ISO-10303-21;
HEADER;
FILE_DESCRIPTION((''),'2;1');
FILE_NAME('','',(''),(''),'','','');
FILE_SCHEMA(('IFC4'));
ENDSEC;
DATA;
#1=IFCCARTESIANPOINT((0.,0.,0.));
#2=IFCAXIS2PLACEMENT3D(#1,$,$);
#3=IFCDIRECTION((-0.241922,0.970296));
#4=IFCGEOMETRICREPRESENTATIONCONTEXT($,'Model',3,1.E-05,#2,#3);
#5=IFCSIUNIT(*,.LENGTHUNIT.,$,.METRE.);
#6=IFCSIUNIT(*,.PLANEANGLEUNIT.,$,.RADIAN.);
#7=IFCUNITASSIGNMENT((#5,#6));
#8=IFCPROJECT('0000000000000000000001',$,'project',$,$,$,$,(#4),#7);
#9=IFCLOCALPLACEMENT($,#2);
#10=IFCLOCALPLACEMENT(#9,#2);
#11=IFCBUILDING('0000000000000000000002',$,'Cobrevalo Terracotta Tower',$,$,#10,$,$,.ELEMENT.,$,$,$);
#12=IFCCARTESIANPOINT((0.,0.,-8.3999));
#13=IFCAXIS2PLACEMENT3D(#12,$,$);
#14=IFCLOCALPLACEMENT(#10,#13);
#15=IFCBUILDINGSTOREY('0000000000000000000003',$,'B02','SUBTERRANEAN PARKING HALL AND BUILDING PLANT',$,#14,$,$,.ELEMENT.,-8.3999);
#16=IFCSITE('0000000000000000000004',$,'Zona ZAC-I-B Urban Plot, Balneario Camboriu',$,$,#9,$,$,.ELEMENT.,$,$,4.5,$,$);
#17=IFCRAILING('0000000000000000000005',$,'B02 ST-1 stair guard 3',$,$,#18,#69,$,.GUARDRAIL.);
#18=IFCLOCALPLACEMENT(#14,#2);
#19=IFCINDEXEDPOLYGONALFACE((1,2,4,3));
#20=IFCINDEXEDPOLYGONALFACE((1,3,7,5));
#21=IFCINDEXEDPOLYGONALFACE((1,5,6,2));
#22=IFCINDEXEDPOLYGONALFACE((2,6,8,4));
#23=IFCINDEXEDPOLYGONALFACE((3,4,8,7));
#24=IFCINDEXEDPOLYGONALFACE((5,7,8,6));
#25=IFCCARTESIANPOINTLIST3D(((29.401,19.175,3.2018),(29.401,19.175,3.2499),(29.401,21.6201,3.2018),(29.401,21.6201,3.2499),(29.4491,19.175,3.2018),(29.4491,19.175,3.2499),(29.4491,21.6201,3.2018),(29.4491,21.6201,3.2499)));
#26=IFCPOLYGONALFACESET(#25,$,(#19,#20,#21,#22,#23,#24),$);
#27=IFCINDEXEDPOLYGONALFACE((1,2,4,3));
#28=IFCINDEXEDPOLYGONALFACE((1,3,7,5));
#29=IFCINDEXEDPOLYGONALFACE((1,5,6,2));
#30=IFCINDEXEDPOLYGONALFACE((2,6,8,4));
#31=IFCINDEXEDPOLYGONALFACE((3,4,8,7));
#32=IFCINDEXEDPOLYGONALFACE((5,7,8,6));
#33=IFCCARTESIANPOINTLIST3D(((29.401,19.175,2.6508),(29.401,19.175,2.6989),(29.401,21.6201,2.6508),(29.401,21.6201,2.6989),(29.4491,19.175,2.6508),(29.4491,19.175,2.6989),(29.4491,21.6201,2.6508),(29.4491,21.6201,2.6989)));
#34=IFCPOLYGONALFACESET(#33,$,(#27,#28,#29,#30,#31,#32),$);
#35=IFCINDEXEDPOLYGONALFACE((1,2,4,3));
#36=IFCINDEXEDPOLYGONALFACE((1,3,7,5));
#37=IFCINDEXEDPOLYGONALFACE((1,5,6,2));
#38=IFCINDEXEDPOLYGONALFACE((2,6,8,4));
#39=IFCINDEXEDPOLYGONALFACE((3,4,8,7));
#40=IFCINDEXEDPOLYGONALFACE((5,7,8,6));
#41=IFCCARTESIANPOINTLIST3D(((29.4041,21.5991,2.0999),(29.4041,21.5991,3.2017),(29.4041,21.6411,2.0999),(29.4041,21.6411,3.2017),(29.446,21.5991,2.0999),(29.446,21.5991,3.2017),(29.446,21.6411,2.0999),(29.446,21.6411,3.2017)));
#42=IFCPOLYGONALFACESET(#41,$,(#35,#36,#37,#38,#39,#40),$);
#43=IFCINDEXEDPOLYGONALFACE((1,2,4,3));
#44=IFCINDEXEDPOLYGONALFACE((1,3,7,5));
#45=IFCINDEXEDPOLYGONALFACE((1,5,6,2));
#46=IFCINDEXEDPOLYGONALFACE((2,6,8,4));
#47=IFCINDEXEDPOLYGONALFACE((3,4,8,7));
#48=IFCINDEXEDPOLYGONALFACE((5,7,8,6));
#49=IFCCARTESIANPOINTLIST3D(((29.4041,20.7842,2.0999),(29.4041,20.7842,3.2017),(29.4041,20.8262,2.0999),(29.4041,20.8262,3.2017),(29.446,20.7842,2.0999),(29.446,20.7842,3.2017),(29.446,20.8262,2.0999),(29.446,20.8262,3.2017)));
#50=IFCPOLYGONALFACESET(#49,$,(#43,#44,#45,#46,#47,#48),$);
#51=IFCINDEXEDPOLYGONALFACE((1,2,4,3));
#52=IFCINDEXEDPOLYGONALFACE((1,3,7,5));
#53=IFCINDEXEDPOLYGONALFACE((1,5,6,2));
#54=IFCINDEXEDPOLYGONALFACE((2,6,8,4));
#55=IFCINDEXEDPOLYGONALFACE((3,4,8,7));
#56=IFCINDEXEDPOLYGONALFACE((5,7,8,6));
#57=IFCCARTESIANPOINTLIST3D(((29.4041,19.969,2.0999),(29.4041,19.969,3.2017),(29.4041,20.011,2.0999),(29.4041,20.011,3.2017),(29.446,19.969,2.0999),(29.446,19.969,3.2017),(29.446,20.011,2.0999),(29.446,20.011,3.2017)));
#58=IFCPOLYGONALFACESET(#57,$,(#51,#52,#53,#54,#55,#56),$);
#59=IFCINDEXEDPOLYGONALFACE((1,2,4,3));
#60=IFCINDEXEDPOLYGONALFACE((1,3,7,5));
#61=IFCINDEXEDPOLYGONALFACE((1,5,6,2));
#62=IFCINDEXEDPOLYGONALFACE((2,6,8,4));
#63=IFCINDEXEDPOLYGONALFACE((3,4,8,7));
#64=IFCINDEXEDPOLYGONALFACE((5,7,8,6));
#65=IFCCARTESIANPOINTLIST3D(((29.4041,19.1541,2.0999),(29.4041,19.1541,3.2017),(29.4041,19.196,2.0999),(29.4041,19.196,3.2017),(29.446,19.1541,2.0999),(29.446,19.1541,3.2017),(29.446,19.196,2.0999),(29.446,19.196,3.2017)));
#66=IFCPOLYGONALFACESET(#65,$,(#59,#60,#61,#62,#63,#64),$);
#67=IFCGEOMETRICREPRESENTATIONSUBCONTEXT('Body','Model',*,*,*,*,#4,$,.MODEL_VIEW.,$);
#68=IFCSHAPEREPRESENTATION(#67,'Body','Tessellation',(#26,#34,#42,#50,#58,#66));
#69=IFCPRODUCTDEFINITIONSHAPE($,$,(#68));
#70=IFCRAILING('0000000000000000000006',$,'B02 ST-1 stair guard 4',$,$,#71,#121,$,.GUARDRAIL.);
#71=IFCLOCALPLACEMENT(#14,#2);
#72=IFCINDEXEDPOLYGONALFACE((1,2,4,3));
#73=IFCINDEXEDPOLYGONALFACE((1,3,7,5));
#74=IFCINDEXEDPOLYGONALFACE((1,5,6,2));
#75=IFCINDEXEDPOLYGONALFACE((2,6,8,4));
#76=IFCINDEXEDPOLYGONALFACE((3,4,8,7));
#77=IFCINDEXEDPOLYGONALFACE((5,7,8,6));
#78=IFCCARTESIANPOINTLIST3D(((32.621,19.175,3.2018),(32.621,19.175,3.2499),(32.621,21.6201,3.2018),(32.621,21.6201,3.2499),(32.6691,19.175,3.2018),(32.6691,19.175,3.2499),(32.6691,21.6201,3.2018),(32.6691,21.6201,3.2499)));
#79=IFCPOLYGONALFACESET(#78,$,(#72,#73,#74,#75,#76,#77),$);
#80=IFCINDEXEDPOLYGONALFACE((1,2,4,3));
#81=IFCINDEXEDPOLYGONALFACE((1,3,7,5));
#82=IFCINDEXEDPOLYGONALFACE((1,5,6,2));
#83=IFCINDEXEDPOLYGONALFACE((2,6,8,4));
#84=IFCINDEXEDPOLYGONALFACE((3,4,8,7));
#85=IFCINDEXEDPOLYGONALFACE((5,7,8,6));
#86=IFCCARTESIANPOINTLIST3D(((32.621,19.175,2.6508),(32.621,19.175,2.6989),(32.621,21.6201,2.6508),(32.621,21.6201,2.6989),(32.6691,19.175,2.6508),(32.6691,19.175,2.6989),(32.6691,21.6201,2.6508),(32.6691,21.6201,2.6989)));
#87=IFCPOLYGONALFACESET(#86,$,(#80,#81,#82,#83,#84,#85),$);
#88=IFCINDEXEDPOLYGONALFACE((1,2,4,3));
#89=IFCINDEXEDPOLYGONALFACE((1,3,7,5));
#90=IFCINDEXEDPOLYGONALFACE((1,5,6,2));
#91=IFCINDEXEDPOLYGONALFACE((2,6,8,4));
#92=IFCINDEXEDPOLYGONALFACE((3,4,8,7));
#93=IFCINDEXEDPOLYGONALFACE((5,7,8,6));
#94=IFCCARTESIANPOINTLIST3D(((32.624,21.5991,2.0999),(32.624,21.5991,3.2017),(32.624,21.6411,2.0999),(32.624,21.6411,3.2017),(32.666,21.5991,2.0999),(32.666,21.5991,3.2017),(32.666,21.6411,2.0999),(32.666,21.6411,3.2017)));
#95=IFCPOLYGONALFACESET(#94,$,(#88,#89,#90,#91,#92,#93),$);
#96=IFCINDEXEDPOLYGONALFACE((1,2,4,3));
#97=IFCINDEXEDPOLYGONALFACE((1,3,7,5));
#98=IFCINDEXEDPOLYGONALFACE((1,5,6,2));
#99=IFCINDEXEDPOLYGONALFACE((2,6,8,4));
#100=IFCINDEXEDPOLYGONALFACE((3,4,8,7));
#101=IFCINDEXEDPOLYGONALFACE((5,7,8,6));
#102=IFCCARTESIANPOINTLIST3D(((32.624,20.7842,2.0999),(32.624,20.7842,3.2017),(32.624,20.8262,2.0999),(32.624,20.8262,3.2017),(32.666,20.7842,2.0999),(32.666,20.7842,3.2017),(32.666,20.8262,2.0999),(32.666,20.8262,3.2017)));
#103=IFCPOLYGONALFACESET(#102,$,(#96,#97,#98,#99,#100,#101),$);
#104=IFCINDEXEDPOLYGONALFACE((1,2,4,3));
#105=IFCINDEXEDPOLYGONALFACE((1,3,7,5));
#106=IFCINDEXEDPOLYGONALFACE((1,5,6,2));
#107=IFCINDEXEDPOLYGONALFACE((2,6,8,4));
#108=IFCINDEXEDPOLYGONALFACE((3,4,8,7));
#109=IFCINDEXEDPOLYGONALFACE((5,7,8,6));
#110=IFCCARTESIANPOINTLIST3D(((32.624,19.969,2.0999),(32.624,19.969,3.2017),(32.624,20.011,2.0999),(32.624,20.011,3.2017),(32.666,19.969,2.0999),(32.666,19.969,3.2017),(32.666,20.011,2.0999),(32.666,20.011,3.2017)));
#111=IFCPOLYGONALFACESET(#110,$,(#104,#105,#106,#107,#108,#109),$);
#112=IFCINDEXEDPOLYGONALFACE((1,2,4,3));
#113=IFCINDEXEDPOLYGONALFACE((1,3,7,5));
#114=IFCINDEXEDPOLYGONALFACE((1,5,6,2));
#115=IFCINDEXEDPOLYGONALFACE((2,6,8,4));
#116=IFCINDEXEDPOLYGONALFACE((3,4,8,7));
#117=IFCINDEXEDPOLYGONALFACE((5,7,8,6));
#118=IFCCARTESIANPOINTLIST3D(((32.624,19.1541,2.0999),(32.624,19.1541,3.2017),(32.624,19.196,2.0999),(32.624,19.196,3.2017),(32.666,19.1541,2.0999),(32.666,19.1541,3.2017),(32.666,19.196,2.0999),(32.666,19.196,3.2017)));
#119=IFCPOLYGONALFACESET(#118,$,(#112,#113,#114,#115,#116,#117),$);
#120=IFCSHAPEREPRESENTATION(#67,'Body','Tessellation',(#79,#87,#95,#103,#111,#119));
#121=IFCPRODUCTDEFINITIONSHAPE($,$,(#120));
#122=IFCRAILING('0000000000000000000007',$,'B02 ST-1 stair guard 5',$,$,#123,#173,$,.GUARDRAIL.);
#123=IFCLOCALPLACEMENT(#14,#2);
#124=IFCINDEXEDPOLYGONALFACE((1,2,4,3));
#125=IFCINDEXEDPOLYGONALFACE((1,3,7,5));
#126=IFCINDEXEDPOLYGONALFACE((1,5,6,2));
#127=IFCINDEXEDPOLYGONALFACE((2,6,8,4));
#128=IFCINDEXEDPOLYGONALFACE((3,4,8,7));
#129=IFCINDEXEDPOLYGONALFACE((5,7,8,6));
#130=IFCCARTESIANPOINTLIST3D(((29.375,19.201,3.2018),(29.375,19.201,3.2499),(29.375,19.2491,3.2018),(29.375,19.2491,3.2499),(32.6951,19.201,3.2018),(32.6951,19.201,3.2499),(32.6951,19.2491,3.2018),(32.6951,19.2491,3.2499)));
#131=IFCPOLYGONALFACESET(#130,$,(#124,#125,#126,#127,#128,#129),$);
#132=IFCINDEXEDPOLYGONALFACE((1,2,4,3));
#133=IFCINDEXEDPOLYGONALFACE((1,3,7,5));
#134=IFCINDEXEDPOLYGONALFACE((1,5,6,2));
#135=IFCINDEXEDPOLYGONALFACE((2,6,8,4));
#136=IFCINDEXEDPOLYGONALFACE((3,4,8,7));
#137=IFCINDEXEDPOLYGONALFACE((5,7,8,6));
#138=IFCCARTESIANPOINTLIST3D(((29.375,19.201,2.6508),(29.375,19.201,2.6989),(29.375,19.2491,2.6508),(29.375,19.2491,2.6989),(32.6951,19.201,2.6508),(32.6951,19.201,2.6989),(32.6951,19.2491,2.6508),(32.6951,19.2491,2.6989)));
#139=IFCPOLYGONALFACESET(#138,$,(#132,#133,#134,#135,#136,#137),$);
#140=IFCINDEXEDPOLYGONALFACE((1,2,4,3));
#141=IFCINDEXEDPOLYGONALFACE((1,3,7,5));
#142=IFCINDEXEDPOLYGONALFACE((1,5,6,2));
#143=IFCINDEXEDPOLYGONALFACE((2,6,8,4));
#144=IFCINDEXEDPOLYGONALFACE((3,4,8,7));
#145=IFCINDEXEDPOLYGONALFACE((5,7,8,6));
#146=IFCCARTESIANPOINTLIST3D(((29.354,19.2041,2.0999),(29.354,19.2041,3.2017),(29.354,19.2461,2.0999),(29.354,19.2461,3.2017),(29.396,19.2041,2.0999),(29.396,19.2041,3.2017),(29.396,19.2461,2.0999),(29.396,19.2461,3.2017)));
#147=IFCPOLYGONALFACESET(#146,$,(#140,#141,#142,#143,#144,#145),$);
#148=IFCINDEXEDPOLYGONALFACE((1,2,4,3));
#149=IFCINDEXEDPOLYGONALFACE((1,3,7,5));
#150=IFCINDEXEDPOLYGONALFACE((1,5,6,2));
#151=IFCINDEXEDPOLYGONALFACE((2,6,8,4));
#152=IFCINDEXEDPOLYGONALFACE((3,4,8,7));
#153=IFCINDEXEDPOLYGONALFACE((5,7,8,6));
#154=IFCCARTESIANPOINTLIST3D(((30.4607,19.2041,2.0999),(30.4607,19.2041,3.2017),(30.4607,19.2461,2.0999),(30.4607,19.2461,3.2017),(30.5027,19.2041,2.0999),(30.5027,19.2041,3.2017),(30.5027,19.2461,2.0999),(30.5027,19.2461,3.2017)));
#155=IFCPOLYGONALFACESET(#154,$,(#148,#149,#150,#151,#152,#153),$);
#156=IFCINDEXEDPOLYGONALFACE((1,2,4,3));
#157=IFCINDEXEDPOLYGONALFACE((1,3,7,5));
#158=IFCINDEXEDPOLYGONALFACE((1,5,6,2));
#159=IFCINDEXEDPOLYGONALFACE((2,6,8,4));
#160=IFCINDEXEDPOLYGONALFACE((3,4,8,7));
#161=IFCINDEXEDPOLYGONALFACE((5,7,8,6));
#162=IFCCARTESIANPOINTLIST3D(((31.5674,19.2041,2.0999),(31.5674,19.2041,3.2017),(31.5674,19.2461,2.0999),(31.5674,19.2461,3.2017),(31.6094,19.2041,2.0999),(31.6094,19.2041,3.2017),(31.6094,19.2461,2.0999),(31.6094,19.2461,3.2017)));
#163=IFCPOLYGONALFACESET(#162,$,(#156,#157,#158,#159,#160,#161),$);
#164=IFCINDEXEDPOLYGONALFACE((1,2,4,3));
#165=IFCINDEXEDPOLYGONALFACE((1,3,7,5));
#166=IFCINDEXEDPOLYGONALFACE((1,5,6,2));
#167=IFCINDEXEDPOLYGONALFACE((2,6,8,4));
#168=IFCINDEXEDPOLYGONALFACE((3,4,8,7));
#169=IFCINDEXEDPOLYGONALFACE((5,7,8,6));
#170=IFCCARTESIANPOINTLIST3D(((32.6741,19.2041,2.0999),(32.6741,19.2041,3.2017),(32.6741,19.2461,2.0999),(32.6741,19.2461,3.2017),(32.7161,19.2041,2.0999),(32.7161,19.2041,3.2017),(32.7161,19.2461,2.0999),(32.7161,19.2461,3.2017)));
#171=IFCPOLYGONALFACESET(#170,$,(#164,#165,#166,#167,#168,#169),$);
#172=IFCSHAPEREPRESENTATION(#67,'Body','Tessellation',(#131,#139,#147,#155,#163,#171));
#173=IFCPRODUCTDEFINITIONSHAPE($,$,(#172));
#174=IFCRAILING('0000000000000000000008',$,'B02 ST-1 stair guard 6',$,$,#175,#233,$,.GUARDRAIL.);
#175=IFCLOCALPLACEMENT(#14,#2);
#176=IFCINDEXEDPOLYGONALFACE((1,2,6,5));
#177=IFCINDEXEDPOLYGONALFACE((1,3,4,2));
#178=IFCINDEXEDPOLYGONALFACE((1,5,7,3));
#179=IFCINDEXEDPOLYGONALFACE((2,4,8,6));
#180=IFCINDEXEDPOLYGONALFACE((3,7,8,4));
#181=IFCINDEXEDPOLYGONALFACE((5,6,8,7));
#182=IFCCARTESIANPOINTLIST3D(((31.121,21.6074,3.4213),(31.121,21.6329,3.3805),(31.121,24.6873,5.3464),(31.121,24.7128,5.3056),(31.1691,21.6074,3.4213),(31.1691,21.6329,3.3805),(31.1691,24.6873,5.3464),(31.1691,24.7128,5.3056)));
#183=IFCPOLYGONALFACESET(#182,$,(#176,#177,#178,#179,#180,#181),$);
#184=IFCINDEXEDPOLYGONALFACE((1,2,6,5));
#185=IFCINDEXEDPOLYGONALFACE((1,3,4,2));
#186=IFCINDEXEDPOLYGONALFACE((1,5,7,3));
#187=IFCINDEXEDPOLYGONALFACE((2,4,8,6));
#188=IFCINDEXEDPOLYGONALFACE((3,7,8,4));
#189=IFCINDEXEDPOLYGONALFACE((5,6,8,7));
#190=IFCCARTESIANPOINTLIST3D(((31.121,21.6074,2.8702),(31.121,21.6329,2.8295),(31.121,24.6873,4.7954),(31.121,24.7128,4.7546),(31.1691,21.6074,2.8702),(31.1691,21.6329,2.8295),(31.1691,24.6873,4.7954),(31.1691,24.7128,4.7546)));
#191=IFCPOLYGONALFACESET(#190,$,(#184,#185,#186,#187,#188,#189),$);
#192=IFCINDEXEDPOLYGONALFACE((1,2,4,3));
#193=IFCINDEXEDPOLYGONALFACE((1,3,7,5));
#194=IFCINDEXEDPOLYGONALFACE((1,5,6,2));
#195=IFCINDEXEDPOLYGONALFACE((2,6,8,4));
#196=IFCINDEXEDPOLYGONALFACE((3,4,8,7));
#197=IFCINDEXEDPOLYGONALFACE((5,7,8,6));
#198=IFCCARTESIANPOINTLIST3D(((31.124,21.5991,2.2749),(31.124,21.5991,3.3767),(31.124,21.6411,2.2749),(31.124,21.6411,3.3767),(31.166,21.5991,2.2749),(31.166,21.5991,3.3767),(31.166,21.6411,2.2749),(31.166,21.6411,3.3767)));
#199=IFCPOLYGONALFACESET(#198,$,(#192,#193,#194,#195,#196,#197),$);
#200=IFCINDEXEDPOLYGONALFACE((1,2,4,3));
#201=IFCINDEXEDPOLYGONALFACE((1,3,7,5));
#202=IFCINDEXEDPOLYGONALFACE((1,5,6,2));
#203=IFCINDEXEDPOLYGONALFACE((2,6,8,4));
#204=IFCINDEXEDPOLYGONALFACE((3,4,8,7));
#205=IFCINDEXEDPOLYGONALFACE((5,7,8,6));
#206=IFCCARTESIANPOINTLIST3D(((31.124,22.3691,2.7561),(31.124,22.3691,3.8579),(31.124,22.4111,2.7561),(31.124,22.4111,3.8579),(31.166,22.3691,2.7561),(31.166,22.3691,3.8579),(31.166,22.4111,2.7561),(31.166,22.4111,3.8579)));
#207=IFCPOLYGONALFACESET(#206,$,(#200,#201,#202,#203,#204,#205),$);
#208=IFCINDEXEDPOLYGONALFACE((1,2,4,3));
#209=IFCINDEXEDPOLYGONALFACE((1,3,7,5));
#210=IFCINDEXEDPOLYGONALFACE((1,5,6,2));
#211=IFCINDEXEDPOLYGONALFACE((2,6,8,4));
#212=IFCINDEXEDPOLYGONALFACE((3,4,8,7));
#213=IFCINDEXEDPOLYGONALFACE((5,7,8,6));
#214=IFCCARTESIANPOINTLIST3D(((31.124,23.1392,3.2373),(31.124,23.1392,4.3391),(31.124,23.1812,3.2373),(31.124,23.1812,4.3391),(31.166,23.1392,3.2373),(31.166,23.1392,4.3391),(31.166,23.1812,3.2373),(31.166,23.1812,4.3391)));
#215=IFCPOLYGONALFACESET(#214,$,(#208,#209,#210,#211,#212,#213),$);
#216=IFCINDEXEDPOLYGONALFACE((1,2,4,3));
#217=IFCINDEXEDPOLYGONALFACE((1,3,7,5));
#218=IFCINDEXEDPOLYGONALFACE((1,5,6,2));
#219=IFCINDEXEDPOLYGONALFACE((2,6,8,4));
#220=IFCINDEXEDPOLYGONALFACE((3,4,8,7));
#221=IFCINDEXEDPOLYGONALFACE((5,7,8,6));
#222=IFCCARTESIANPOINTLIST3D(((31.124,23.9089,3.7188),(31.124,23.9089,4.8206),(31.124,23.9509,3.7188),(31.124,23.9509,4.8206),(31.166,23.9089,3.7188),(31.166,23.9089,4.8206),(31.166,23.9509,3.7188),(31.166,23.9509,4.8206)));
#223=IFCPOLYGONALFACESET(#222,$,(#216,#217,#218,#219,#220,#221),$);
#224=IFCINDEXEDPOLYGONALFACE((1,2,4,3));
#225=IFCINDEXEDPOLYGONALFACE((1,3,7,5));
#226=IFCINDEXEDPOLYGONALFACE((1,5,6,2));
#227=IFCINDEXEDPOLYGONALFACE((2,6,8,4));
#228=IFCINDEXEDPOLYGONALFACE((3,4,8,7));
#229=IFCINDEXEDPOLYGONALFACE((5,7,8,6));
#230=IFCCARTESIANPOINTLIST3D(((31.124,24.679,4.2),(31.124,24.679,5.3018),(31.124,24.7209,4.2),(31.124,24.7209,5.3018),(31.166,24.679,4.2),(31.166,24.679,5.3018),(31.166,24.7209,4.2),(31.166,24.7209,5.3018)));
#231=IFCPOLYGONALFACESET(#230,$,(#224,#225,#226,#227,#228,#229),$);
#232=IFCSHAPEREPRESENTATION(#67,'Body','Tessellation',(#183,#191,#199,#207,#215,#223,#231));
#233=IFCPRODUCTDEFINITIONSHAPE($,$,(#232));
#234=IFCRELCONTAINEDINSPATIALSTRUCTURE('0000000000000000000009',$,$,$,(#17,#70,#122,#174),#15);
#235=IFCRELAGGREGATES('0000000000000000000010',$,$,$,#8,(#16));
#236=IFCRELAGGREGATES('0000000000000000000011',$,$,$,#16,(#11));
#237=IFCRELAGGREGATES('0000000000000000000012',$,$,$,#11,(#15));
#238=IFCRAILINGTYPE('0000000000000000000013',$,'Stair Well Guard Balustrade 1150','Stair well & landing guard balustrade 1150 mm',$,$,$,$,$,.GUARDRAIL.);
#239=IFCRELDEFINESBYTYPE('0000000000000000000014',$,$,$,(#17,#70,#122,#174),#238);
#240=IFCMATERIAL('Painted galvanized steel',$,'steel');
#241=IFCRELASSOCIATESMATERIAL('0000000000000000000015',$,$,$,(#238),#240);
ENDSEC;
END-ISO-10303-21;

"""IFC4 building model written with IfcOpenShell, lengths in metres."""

from ifc_helpers import new_model, si_unit, direction, frame, origin, origin_2d, place, context, subcontext, project, spatial, rectangle, extrude, material, type_object, element, save


model = new_model("IFC4")

# Units and contexts
model_context = context("Model", 3, precision=1e-05, world=origin(), true_north=direction((-0.241922, 0.970296)))
body_context = subcontext(model_context, "Body", "Model", "MODEL_VIEW")
ifc_project = project(units=[si_unit("LENGTHUNIT", "METRE"), si_unit("PLANEANGLEUNIT", "RADIAN")], contexts=[model_context])

# Site, building, storey
site_placement = place(None, origin())
site = spatial("IfcSite", under=ifc_project, at=site_placement, Name="Zona ZAC-I-B Urban Plot, Balneario Camboriu", CompositionType="ELEMENT", RefElevation=4.5)
building_placement = place(site_placement, origin())
building = spatial("IfcBuilding", under=site, at=building_placement, Name="Cobrevalo Terracotta Tower", CompositionType="ELEMENT")
storey_placement = place(building_placement, frame((0.0, 0.0, -8.3999)))
storey = spatial("IfcBuildingStorey", under=building, at=storey_placement, Name="B02", Description="SUBTERRANEAN PARKING HALL AND BUILDING PLANT", CompositionType="ELEMENT", Elevation=-8.3999)

# Railings
ifc_material_1 = material(Name="Painted galvanized steel", Category="steel")
railing_type = type_object("IfcRailingType", Name="Stair Well Guard Balustrade 1150", Description="Stair well & landing guard balustrade 1150 mm", PredefinedType="GUARDRAIL", material=ifc_material_1)
for number, where, name in (
    (1, (29.425, 21.6201, 2.0999), "B02 ST-1 stair guard 3"),
    (2, (32.645, 21.6201, 2.0999), "B02 ST-1 stair guard 4"),
):
    element("IfcRailing", number, at=place(storey_placement, frame(where)), inside=storey, type_object=railing_type, Name=name, PredefinedType="GUARDRAIL", context=body_context, shape_type="SweptSolid", body=[
        extrude(rectangle(XDim=0.0481, YDim=0.0481, at=origin_2d()), frame((0.0, 0.0, 1.126), z_axis=(0.0, -1.0, 0.0), x_axis=(1.0, 0.0, 0.0)), (0.0, 0.0, 1.0), 2.4451),
        extrude(rectangle(XDim=0.0481, YDim=0.0481, at=origin_2d()), frame((0.0, 0.0, 0.575), z_axis=(0.0, -1.0, 0.0), x_axis=(1.0, 0.0, 0.0)), (0.0, 0.0, 1.0), 2.4451),
        extrude(rectangle(XDim=0.042, YDim=0.042, at=origin_2d()), origin(), (0.0, 0.0, 1.0), 1.1018),
        extrude(rectangle(XDim=0.042, YDim=0.042, at=origin_2d()), frame((0.0, -0.8149, 0.0)), (0.0, 0.0, 1.0), 1.1018),
        extrude(rectangle(XDim=0.042, YDim=0.042, at=origin_2d()), frame((0.0, -1.6301, 0.0)), (0.0, 0.0, 1.0), 1.1018),
        extrude(rectangle(XDim=0.042, YDim=0.042, at=origin_2d()), frame((0.0, -2.4451, 0.0)), (0.0, 0.0, 1.0), 1.1018),
    ])
railing_1_placement = place(storey_placement, frame((29.375, 19.2251, 2.0999)))
element("IfcRailing", 3, at=railing_1_placement, inside=storey, type_object=railing_type, Name="B02 ST-1 stair guard 5", PredefinedType="GUARDRAIL", context=body_context, shape_type="SweptSolid", body=[
    extrude(rectangle(XDim=0.0481, YDim=0.0481, at=origin_2d()), frame((0.0, 0.0, 1.126), z_axis=(1.0, 0.0, 0.0), x_axis=(0.0, 1.0, 0.0)), (0.0, 0.0, 1.0), 3.3201),
    extrude(rectangle(XDim=0.0481, YDim=0.0481, at=origin_2d()), frame((0.0, 0.0, 0.575), z_axis=(1.0, 0.0, 0.0), x_axis=(0.0, 1.0, 0.0)), (0.0, 0.0, 1.0), 3.3201),
    extrude(rectangle(XDim=0.042, YDim=0.042, at=origin_2d()), origin(), (0.0, 0.0, 1.0), 1.1018),
    extrude(rectangle(XDim=0.042, YDim=0.042, at=origin_2d()), frame((1.1067, 0.0, 0.0)), (0.0, 0.0, 1.0), 1.1018),
    extrude(rectangle(XDim=0.042, YDim=0.042, at=origin_2d()), frame((2.2134, 0.0, 0.0)), (0.0, 0.0, 1.0), 1.1018),
    extrude(rectangle(XDim=0.042, YDim=0.042, at=origin_2d()), frame((3.3201, 0.0, 0.0)), (0.0, 0.0, 1.0), 1.1018),
])
railing_2_placement = place(storey_placement, frame((31.145, 21.6201, 2.2749)))
element("IfcRailing", 4, at=railing_2_placement, inside=storey, type_object=railing_type, Name="B02 ST-1 stair guard 6", PredefinedType="GUARDRAIL", context=body_context, shape_type="SweptSolid", body=[
    extrude(rectangle(XDim=0.0481, YDim=0.0481, at=origin_2d()), frame((0.0, 0.0, 1.126), z_axis=(0.0, 0.847979, 0.530029), x_axis=(-1.0, 0.0, 0.0)), (0.0, 0.0, 1.0), 3.6321),
    extrude(rectangle(XDim=0.0481, YDim=0.0481, at=origin_2d()), frame((0.0, 0.0, 0.575), z_axis=(0.0, 0.847979, 0.530029), x_axis=(-1.0, 0.0, 0.0)), (0.0, 0.0, 1.0), 3.6321),
    extrude(rectangle(XDim=0.042, YDim=0.042, at=origin_2d()), origin(), (0.0, 0.0, 1.0), 1.1018),
    extrude(rectangle(XDim=0.042, YDim=0.042, at=origin_2d()), frame((0.0, 0.77, 0.4812)), (0.0, 0.0, 1.0), 1.1018),
    extrude(rectangle(XDim=0.042, YDim=0.042, at=origin_2d()), frame((0.0, 1.54, 0.9624)), (0.0, 0.0, 1.0), 1.1018),
    extrude(rectangle(XDim=0.042, YDim=0.042, at=origin_2d()), frame((0.0, 2.3098, 1.4438)), (0.0, 0.0, 1.0), 1.1018),
    extrude(rectangle(XDim=0.042, YDim=0.042, at=origin_2d()), frame((0.0, 3.0798, 1.925)), (0.0, 0.0, 1.0), 1.1018),
])

save(model, "model.ifc")
